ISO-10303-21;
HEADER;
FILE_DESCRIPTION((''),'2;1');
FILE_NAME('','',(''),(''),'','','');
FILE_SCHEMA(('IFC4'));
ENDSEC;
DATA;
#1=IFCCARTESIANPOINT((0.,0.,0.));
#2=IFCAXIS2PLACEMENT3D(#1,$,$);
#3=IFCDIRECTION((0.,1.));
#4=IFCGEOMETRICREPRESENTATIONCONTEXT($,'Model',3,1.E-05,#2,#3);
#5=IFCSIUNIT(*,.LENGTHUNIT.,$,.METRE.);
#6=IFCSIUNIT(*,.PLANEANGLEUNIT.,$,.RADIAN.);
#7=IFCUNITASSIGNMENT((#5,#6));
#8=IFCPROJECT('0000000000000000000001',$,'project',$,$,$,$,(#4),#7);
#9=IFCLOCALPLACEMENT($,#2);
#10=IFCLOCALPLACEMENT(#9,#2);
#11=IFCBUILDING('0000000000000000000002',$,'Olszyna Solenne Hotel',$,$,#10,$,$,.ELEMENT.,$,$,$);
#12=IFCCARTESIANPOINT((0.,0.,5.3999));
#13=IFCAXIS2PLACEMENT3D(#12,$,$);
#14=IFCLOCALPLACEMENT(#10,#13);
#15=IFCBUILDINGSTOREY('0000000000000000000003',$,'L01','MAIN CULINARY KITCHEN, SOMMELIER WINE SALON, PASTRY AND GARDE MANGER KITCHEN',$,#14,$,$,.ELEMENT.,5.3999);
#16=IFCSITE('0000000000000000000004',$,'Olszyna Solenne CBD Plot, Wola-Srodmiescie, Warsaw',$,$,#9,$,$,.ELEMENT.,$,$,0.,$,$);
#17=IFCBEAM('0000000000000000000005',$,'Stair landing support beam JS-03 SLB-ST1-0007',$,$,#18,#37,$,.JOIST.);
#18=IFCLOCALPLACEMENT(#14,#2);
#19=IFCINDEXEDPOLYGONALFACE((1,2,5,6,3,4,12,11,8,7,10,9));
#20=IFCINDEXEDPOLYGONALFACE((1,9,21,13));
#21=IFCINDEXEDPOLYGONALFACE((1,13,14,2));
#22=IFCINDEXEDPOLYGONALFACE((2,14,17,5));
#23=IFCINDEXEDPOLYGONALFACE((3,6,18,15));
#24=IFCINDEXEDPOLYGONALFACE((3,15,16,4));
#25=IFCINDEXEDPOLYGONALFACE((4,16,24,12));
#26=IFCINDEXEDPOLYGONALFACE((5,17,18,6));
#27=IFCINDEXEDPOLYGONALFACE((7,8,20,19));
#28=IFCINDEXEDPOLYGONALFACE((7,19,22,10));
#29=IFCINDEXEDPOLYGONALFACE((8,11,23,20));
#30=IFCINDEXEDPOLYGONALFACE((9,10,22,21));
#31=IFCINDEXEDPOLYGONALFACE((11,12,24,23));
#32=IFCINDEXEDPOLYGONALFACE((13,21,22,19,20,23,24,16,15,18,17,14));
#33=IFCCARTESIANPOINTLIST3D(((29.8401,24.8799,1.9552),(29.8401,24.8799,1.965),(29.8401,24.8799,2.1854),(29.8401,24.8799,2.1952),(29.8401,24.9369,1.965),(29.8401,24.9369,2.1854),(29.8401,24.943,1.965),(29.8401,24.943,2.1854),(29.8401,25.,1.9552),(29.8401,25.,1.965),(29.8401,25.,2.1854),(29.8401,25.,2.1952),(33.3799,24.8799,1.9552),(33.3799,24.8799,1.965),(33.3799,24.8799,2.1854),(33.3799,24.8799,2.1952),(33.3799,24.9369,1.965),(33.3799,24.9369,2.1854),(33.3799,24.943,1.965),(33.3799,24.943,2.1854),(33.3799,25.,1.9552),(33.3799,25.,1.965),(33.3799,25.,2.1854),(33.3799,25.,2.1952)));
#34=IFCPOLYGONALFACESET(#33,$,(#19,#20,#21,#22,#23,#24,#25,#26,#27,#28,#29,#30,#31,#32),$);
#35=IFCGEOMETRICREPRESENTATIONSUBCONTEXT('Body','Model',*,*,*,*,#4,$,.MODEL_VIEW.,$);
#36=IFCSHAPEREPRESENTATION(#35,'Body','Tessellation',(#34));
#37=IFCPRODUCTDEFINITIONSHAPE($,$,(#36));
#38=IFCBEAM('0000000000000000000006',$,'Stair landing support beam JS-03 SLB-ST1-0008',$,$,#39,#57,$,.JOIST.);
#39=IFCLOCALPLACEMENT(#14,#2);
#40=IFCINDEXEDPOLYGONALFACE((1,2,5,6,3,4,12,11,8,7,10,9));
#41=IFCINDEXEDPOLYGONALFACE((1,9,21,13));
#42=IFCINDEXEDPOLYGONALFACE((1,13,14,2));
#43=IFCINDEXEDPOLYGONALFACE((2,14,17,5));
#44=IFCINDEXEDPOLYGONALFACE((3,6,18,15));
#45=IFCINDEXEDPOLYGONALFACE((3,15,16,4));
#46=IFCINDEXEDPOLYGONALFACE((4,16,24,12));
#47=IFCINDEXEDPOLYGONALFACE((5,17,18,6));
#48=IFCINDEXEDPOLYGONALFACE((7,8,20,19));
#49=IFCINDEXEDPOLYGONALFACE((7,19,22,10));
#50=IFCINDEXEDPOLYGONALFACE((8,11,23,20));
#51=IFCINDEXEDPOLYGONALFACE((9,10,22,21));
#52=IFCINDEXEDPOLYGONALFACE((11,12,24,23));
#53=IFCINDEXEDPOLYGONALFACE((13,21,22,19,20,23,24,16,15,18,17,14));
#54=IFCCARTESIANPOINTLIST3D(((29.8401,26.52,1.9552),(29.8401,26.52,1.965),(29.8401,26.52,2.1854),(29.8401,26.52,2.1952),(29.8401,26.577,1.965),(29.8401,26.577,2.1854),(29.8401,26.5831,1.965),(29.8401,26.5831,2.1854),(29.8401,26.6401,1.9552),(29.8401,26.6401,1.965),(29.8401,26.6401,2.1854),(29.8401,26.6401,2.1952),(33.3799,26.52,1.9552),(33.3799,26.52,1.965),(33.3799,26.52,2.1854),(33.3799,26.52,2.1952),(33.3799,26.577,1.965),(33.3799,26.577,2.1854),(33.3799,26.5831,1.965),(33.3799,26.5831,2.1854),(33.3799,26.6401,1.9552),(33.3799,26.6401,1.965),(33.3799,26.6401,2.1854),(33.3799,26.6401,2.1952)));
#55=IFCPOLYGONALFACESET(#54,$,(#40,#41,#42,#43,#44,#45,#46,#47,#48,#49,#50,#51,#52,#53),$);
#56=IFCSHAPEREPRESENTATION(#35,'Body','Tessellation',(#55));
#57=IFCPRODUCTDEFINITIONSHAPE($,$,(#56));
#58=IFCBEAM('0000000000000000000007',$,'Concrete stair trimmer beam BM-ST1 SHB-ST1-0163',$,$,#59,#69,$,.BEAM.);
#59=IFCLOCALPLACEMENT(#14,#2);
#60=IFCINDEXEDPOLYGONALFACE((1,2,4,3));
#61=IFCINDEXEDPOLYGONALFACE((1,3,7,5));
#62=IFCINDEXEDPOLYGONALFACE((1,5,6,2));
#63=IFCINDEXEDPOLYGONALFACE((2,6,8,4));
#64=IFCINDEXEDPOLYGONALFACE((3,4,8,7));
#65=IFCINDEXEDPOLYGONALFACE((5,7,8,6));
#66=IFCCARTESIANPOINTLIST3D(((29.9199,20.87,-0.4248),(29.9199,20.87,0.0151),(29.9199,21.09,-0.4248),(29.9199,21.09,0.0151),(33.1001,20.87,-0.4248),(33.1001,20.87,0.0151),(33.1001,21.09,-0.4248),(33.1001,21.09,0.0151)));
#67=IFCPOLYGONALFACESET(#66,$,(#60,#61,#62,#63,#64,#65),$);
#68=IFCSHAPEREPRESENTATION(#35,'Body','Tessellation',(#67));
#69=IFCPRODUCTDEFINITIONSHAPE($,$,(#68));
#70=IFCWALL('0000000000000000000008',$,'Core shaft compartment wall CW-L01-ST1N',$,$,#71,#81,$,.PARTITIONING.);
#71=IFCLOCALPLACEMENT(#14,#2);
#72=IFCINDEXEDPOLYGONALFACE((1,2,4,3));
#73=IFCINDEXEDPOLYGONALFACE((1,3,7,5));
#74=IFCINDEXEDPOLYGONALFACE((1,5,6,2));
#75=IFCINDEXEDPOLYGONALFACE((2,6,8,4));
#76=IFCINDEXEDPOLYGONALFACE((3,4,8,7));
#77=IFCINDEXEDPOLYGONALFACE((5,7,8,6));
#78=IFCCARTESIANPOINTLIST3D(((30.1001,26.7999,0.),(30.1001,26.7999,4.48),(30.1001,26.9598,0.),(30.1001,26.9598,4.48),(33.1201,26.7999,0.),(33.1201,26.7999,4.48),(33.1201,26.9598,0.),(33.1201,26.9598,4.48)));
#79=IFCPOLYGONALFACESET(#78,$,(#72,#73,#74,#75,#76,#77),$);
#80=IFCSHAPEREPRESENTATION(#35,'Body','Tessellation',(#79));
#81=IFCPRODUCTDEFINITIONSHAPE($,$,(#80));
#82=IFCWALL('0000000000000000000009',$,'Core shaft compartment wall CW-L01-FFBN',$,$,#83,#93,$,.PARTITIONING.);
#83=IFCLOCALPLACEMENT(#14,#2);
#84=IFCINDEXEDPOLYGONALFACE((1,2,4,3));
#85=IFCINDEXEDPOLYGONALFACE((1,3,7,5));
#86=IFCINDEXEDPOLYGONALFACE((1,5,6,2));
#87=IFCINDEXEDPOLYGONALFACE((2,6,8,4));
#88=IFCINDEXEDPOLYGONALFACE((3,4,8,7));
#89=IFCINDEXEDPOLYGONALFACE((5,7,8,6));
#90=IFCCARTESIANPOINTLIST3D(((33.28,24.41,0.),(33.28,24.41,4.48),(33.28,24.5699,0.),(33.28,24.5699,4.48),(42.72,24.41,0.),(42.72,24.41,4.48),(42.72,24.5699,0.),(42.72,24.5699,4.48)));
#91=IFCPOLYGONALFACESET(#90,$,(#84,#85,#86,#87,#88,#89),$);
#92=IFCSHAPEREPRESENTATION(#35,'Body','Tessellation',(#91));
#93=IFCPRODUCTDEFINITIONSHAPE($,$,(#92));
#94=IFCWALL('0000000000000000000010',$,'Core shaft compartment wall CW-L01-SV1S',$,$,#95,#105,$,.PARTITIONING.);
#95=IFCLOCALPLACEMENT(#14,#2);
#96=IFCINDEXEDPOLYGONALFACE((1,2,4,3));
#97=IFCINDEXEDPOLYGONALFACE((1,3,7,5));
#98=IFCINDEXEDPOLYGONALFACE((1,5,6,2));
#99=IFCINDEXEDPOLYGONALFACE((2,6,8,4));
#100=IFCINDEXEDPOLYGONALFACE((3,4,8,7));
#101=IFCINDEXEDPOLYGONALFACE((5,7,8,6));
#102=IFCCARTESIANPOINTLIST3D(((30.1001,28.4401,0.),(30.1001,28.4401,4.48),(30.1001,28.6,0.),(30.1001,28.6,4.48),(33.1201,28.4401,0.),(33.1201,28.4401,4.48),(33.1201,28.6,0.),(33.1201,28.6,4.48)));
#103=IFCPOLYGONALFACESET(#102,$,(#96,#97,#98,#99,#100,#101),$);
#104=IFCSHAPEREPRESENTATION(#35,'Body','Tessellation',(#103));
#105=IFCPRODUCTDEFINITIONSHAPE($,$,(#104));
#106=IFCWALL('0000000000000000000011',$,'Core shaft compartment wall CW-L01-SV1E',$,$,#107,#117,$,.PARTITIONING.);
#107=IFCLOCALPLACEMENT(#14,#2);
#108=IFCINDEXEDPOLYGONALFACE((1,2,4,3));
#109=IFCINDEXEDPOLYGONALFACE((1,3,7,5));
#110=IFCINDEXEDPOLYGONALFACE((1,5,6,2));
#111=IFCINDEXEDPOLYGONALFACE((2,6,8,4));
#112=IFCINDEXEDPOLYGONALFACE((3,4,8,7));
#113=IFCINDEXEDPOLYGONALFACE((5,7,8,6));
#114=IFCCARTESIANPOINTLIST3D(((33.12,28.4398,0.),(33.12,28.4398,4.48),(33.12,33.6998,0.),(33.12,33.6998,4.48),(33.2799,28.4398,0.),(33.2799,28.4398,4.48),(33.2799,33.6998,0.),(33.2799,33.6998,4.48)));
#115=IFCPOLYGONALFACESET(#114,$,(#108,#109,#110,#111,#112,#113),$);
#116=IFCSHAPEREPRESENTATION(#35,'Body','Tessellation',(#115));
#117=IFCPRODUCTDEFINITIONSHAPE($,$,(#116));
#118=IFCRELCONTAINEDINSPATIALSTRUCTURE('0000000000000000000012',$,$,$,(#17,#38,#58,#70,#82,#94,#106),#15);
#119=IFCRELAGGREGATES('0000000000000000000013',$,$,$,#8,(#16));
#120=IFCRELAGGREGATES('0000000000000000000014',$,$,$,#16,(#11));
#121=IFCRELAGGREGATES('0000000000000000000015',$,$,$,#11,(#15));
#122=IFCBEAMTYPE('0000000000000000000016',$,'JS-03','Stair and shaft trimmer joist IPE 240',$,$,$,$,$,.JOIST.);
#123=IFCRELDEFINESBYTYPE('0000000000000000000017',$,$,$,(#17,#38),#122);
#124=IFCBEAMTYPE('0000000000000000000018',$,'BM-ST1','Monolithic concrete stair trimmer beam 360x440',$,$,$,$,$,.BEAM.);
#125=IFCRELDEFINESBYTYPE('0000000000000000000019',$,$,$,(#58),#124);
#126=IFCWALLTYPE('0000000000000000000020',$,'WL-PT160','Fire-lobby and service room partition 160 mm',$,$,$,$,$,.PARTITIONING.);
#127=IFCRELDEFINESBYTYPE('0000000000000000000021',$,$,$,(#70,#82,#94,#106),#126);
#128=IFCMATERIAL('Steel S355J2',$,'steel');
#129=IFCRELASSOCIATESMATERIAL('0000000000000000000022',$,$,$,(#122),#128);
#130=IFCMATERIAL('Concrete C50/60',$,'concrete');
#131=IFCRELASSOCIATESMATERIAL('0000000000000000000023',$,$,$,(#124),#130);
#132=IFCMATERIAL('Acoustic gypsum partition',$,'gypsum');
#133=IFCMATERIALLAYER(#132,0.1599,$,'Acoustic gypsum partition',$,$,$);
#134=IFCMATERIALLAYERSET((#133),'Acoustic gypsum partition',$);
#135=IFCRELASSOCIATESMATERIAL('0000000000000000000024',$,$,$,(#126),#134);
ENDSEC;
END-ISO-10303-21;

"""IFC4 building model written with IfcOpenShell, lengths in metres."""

from ifc_helpers import new_model, si_unit, direction, frame, frame_2d, origin, origin_2d, place, context, subcontext, project, spatial, rectangle, i_section, extrude, source, transform, mapped, material, layer, layer_set, material_profile, profile_set, type_object, element, save


model = new_model("IFC4")

# Units and contexts
model_context = context("Model", 3, precision=1e-05, world=origin(), true_north=direction((0.0, 1.0)))
body_context = subcontext(model_context, "Body", "Model", "MODEL_VIEW")
ifc_project = project(units=[si_unit("LENGTHUNIT", "METRE"), si_unit("PLANEANGLEUNIT", "RADIAN")], contexts=[model_context])

# Site, building, storey
site_placement = place(None, origin())
site = spatial("IfcSite", under=ifc_project, at=site_placement, Name="Olszyna Solenne CBD Plot, Wola-Srodmiescie, Warsaw", CompositionType="ELEMENT", RefElevation=0.0)
building_placement = place(site_placement, origin())
building = spatial("IfcBuilding", under=site, at=building_placement, Name="Olszyna Solenne Hotel", CompositionType="ELEMENT")
storey_placement = place(building_placement, frame((0.0, 0.0, 5.3999)))
storey = spatial("IfcBuildingStorey", under=building, at=storey_placement, Name="L01", Description="MAIN CULINARY KITCHEN, SOMMELIER WINE SALON, PASTRY AND GARDE MANGER KITCHEN", CompositionType="ELEMENT", Elevation=5.3999)

# Beams
ifc_material_1 = material(Name="Steel S355J2", Category="steel")
ifc_material_profile_1 = material_profile(ifc_material_1, i_section(OverallWidth=0.1201, OverallDepth=0.24, WebThickness=0.0061, FlangeThickness=0.0098, at=origin_2d()), Name="IPE 240", Category="load-bearing")
ifc_profile_set_1 = profile_set([ifc_material_profile_1], Name="Steel S355J2")
beam_type_1 = type_object("IfcBeamType", Name="JS-03", Description="Stair and shaft trimmer joist IPE 240", PredefinedType="JOIST", material=ifc_profile_set_1)
shared_shape_1 = source(origin(), body_context, "Body", "SweptSolid", [
    extrude(i_section(OverallWidth=0.1201, OverallDepth=0.24, WebThickness=0.0061, FlangeThickness=0.0098, at=origin_2d()), origin(), (0.0, 0.0, 1.0), 3.5398),
])
for number, where, z_axis, x_axis, name in (
    (1, (33.3799, 24.9399, 2.0752), (-1.0, 0.0, 0.0), (0.0, -1.0, 0.0), "Stair landing support beam JS-03 SLB-ST1-0007"),
    (2, (33.3799, 26.5801, 2.0752), (-1.0, 0.0, 0.0), (0.0, -1.0, 0.0), "Stair landing support beam JS-03 SLB-ST1-0008"),
):
    element("IfcBeam", number, at=place(storey_placement, frame(where, z_axis=z_axis, x_axis=x_axis)), inside=storey, type_object=beam_type_1, Name=name, PredefinedType="JOIST", context=body_context, shape_type="MappedRepresentation", body=[
        mapped(shared_shape_1, transform((0.0, 0.0, 0.0), x_axis=(1.0, 0.0, 0.0), y_axis=(0.0, 1.0, 0.0), z_axis=(0.0, 0.0, 1.0), scale=1.0)),
    ])
ifc_material_2 = material(Name="Concrete C50/60", Category="concrete")
ifc_material_profile_2 = material_profile(ifc_material_2, rectangle(XDim=0.22, YDim=0.4399, at=origin_2d()), Name="RC 220x440", Category="load-bearing")
ifc_profile_set_2 = profile_set([ifc_material_profile_2], Name="Concrete C50/60")
beam_type_2 = type_object("IfcBeamType", Name="BM-ST1", Description="Monolithic concrete stair trimmer beam 360x440", PredefinedType="BEAM", material=ifc_profile_set_2)
shared_shape_2 = source(origin(), body_context, "Body", "SweptSolid", [
    extrude(rectangle(XDim=0.22, YDim=0.4399, at=origin_2d()), origin(), (0.0, 0.0, 1.0), 3.1802),
])
beam_placement = place(storey_placement, frame((33.1001, 20.98, -0.2048), z_axis=(-1.0, 0.0, 0.0), x_axis=(0.0, -1.0, 0.0)))
element("IfcBeam", 3, at=beam_placement, inside=storey, type_object=beam_type_2, Name="Concrete stair trimmer beam BM-ST1 SHB-ST1-0163", PredefinedType="BEAM", context=body_context, shape_type="MappedRepresentation", body=[
    mapped(shared_shape_2, transform((0.0, 0.0, 0.0), x_axis=(1.0, 0.0, 0.0), y_axis=(0.0, 1.0, 0.0), z_axis=(0.0, 0.0, 1.0), scale=1.0)),
])

# Walls
ifc_material_3 = material(Name="Acoustic gypsum partition", Category="gypsum")
ifc_layer = layer(ifc_material_3, 0.1599, Name="Acoustic gypsum partition")
ifc_layer_set = layer_set([ifc_layer], Name="Acoustic gypsum partition")
wall_type = type_object("IfcWallType", Name="WL-PT160", Description="Fire-lobby and service room partition 160 mm", PredefinedType="PARTITIONING", material=ifc_layer_set)
wall_1_placement = place(storey_placement, frame((30.1001, 26.8799, 0.0), z_axis=(0.0, 0.0, 1.0), x_axis=(1.0, 0.0, 0.0)))
element("IfcWall", 4, at=wall_1_placement, inside=storey, type_object=wall_type, Name="Core shaft compartment wall CW-L01-ST1N", PredefinedType="PARTITIONING", context=body_context, shape_type="SweptSolid", body=[
    extrude(rectangle(XDim=3.02, YDim=0.1599, at=frame_2d((1.51, 0.0))), origin(), (0.0, 0.0, 1.0), 4.48),
])
wall_2_placement = place(storey_placement, frame((33.28, 24.49, 0.0), z_axis=(0.0, 0.0, 1.0), x_axis=(1.0, 0.0, 0.0)))
element("IfcWall", 5, at=wall_2_placement, inside=storey, type_object=wall_type, Name="Core shaft compartment wall CW-L01-FFBN", PredefinedType="PARTITIONING", context=body_context, shape_type="SweptSolid", body=[
    extrude(rectangle(XDim=9.4399, YDim=0.1599, at=frame_2d((4.72, 0.0))), origin(), (0.0, 0.0, 1.0), 4.48),
])
wall_3_placement = place(storey_placement, frame((30.1001, 28.52, 0.0), z_axis=(0.0, 0.0, 1.0), x_axis=(1.0, 0.0, 0.0)))
element("IfcWall", 6, at=wall_3_placement, inside=storey, type_object=wall_type, Name="Core shaft compartment wall CW-L01-SV1S", PredefinedType="PARTITIONING", context=body_context, shape_type="SweptSolid", body=[
    extrude(rectangle(XDim=3.02, YDim=0.1599, at=frame_2d((1.51, 0.0))), origin(), (0.0, 0.0, 1.0), 4.48),
])
wall_4_placement = place(storey_placement, frame((33.2, 28.4399, 0.0), z_axis=(0.0, 0.0, 1.0), x_axis=(0.0, 1.0, 0.0)))
element("IfcWall", 7, at=wall_4_placement, inside=storey, type_object=wall_type, Name="Core shaft compartment wall CW-L01-SV1E", PredefinedType="PARTITIONING", context=body_context, shape_type="SweptSolid", body=[
    extrude(rectangle(XDim=5.26, YDim=0.1599, at=frame_2d((2.6299, 0.0))), origin(), (0.0, 0.0, 1.0), 4.48),
])

save(model, "model.ifc")
